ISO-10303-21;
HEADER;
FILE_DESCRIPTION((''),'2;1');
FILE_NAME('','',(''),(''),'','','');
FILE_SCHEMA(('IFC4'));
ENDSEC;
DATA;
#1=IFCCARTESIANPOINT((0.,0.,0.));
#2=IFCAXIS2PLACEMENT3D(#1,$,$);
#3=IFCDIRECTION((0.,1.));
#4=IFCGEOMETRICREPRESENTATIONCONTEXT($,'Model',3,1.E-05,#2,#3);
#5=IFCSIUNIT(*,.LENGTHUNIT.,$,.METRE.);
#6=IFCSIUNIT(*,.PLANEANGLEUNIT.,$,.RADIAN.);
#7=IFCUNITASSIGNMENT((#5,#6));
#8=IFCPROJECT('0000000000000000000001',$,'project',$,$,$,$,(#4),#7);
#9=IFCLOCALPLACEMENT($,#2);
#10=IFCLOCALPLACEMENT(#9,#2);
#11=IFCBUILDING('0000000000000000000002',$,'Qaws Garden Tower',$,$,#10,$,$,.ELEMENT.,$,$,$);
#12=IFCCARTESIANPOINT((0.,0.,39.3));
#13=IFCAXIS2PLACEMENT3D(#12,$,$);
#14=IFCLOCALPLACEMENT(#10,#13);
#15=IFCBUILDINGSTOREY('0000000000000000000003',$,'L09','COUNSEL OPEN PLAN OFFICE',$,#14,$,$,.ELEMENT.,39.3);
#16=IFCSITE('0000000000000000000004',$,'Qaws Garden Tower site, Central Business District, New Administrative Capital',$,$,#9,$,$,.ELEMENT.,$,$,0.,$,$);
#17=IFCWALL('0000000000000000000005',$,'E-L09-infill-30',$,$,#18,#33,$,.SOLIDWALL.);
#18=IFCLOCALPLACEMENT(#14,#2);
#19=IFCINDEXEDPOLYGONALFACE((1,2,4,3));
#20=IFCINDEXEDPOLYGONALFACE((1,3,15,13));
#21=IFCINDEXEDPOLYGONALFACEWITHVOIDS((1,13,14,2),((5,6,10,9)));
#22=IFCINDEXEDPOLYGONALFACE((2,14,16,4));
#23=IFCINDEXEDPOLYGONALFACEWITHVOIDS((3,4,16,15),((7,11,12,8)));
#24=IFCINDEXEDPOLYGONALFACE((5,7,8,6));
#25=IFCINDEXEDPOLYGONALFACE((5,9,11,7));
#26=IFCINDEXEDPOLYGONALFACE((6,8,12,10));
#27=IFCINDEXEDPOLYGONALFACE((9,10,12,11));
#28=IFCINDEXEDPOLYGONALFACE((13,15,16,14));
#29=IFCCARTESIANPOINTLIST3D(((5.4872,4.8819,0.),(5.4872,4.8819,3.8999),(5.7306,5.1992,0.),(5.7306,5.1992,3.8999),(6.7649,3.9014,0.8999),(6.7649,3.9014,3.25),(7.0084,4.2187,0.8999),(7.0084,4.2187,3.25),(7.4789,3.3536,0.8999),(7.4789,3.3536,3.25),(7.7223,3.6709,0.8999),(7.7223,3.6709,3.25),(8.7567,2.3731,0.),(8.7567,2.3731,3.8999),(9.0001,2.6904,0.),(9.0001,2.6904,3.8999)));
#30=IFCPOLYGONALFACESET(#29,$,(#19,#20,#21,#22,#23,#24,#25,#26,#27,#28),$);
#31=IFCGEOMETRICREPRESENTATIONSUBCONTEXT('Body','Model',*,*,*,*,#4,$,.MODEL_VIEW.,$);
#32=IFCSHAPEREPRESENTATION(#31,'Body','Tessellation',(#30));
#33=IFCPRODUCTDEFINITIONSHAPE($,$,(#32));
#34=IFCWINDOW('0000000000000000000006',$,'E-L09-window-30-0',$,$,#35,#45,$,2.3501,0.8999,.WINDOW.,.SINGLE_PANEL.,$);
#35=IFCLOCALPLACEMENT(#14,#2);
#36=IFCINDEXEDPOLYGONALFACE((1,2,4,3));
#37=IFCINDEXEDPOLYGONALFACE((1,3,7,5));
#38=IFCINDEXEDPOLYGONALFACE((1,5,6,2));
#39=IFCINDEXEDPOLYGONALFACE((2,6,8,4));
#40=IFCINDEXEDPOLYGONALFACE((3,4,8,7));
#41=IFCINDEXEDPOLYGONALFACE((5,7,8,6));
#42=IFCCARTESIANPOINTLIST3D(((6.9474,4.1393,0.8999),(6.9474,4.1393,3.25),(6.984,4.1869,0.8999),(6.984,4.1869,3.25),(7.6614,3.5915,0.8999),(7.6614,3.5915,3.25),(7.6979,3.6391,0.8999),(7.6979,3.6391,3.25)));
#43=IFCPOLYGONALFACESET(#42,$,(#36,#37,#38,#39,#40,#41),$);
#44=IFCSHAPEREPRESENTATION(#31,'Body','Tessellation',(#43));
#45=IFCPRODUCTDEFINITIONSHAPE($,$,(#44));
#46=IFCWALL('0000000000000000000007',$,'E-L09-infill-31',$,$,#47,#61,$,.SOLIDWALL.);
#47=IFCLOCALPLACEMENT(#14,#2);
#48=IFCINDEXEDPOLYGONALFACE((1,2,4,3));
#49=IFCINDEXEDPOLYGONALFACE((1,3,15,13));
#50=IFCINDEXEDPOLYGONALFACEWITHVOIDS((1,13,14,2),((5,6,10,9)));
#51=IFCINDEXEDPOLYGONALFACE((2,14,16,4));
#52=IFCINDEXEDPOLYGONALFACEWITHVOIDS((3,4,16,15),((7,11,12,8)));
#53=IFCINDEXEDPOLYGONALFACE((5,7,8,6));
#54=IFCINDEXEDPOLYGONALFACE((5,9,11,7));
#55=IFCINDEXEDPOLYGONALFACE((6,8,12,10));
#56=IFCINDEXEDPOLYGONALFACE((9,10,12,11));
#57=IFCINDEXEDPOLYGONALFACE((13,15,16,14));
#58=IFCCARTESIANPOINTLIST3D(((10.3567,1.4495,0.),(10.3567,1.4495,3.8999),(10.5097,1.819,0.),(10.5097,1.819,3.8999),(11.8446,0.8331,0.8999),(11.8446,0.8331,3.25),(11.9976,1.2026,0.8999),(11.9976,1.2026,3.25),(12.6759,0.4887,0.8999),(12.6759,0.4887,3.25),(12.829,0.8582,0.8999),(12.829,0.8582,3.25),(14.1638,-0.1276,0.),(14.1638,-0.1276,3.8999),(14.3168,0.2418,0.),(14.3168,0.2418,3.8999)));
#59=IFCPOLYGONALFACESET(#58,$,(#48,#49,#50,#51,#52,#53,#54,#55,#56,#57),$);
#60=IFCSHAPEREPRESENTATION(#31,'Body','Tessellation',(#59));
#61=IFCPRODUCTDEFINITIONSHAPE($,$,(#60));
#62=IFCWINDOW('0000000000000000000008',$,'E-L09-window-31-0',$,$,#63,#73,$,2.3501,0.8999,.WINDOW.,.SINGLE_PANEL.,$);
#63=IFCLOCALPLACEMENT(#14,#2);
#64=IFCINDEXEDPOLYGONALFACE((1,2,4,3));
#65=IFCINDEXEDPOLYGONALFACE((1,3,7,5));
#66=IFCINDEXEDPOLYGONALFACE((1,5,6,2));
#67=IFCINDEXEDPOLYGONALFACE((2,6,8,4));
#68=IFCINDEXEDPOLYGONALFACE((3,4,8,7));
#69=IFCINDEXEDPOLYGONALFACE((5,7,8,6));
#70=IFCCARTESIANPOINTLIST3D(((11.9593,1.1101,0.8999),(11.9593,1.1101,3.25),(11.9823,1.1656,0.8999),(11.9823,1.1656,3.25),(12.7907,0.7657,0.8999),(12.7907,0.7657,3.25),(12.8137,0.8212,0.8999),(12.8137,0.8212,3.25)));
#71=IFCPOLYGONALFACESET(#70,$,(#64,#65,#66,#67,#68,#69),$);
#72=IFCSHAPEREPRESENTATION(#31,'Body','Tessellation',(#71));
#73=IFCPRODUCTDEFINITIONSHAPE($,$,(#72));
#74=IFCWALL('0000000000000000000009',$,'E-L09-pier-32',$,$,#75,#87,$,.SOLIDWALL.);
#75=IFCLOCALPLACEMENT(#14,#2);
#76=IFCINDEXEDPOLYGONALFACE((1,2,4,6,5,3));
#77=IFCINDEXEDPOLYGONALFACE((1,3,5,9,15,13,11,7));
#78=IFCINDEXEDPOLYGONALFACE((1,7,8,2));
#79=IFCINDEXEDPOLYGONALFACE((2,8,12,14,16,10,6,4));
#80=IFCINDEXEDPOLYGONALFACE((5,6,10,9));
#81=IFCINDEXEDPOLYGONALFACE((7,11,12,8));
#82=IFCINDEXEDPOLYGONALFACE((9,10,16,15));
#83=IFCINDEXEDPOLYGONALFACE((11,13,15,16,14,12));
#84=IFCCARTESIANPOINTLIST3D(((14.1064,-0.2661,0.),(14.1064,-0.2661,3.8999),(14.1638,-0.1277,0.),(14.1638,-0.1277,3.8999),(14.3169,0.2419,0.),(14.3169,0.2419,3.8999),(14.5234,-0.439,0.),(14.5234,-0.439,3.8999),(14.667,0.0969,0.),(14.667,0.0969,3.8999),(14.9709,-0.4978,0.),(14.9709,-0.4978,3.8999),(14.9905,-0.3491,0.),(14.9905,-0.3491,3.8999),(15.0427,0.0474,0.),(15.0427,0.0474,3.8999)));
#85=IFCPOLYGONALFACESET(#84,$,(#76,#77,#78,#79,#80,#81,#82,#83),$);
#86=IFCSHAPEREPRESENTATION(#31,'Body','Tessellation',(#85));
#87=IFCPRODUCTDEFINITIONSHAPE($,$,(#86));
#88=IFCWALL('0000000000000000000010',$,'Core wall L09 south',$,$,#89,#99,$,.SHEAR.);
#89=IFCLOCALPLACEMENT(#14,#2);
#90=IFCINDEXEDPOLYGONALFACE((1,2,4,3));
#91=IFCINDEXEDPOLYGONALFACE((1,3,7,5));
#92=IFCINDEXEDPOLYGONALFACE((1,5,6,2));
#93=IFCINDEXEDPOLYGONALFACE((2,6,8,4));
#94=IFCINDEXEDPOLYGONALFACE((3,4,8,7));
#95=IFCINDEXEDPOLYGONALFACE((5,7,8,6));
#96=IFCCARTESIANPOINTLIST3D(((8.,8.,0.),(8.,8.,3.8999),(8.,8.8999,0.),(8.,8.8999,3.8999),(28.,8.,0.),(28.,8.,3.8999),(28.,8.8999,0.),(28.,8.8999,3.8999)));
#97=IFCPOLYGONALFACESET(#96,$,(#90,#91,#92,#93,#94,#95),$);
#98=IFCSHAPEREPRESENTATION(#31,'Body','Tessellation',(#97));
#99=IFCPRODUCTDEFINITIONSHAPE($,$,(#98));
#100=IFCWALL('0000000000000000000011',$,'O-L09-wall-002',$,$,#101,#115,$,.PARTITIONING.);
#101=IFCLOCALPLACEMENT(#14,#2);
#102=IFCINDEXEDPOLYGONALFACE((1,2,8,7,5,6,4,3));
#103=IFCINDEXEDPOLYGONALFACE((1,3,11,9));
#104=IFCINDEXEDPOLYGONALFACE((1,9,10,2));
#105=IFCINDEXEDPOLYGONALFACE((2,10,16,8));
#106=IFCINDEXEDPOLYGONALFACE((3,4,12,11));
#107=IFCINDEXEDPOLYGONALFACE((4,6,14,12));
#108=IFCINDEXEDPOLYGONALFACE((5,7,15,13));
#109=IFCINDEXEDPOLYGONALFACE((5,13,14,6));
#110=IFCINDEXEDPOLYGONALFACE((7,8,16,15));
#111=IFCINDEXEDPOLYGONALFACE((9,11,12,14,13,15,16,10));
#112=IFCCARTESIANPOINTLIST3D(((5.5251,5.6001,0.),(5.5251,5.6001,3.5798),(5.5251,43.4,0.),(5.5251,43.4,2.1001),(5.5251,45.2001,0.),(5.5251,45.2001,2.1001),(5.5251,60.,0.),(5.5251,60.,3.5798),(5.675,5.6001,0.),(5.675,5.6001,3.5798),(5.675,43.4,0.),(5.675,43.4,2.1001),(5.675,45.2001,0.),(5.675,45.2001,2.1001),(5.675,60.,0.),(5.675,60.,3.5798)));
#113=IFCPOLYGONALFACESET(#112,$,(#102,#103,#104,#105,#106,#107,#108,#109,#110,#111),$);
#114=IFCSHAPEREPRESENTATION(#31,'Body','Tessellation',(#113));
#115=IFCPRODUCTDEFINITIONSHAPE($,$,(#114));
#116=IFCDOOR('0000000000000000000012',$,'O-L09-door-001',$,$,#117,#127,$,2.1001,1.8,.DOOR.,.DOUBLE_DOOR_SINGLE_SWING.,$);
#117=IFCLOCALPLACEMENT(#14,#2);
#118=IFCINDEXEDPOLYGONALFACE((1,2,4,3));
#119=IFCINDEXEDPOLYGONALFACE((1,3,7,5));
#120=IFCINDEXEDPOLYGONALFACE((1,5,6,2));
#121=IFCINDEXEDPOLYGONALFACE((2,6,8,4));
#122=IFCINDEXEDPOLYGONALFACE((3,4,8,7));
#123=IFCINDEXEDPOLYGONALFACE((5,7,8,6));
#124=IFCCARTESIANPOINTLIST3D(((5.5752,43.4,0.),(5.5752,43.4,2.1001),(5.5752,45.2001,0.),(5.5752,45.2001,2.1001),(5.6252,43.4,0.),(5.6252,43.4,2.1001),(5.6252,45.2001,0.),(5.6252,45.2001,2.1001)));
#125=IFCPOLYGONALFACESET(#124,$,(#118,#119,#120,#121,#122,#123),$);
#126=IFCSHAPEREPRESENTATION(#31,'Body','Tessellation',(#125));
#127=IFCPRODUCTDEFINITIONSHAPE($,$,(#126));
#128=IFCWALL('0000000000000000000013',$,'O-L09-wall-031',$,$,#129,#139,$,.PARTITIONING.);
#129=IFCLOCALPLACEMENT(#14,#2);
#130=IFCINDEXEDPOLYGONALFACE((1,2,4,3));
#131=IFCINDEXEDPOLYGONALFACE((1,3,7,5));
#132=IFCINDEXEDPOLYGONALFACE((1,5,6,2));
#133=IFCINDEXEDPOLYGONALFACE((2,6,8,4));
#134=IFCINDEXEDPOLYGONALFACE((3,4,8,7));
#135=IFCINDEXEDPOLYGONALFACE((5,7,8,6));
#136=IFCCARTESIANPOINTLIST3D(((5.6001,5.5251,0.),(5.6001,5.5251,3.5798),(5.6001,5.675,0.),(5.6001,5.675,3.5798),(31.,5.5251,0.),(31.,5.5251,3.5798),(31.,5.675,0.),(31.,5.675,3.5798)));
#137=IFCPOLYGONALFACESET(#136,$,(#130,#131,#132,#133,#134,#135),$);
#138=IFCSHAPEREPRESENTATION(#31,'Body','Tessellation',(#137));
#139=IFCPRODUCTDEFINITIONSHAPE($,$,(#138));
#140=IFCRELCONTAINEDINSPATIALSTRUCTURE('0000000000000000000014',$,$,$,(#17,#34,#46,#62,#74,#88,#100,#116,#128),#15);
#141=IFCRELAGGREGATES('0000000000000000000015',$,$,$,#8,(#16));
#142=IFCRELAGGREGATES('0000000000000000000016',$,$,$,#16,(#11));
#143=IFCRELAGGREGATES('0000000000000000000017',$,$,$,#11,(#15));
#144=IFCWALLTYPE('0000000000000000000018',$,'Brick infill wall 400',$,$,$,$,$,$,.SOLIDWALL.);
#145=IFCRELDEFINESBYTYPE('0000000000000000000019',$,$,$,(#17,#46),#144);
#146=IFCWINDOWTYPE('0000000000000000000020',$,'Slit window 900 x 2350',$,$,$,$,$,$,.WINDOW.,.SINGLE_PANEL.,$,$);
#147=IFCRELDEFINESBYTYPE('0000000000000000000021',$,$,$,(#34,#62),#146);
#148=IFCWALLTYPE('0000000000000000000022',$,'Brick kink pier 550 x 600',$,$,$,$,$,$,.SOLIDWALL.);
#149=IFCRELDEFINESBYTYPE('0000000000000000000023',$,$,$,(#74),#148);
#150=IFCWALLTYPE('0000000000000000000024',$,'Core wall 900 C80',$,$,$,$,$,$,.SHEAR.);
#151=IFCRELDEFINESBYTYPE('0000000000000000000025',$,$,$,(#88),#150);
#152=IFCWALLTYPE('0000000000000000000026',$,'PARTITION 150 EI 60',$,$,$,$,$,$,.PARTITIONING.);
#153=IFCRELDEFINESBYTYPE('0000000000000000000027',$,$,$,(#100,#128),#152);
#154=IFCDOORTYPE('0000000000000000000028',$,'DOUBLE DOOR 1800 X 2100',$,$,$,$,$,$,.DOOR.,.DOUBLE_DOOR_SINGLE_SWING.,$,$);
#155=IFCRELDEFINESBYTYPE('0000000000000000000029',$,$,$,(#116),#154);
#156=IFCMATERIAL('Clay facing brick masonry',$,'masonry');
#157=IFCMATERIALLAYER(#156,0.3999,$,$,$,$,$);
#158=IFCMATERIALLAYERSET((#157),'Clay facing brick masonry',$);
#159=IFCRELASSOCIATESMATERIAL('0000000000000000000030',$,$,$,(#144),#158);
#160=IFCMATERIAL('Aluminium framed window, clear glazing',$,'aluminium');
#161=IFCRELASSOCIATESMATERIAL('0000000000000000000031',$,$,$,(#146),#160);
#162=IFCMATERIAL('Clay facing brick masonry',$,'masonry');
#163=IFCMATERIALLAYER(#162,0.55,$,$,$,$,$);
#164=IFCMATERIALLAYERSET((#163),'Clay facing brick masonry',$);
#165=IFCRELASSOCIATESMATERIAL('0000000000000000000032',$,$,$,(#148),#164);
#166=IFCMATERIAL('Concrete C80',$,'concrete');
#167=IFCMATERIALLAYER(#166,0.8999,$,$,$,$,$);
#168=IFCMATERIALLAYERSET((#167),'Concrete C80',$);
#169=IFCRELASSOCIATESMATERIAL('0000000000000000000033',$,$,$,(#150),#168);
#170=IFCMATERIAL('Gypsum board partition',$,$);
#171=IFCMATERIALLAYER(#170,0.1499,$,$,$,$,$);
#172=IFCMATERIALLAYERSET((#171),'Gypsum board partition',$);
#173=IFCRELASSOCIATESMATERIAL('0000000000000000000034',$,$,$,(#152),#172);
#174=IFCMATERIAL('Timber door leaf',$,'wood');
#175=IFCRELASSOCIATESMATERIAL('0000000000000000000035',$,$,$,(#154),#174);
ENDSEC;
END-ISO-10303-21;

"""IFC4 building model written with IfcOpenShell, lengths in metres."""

from ifc_helpers import new_model, si_unit, direction, frame, frame_2d, origin, place, context, subcontext, project, spatial, polyline, rectangle, outline, extrude, material, layer, layer_set, type_object, element, fill, save


model = new_model("IFC4")

# Units and contexts
model_context = context("Model", 3, precision=1e-05, world=origin(), true_north=direction((0.0, 1.0)))
body_context = subcontext(model_context, "Body", "Model", "MODEL_VIEW")
ifc_project = project(units=[si_unit("LENGTHUNIT", "METRE"), si_unit("PLANEANGLEUNIT", "RADIAN")], contexts=[model_context])

# Site, building, storey
site_placement = place(None, origin())
site = spatial("IfcSite", under=ifc_project, at=site_placement, Name="Qaws Garden Tower site, Central Business District, New Administrative Capital", CompositionType="ELEMENT", RefElevation=0.0)
building_placement = place(site_placement, origin())
building = spatial("IfcBuilding", under=site, at=building_placement, Name="Qaws Garden Tower", CompositionType="ELEMENT")
storey_placement = place(building_placement, frame((0.0, 0.0, 39.3)))
storey = spatial("IfcBuildingStorey", under=building, at=storey_placement, Name="L09", Description="COUNSEL OPEN PLAN OFFICE", CompositionType="ELEMENT", Elevation=39.3)

# Shared definitions
placement_1 = place(storey_placement, origin())

# Walls, openings, windows
ifc_material_1 = material(Name="Clay facing brick masonry", Category="masonry")
ifc_layer_1 = layer(ifc_material_1, 0.3999)
ifc_layer_set_1 = layer_set([ifc_layer_1], Name="Clay facing brick masonry")
wall_type_1 = type_object("IfcWallType", Name="Brick infill wall 400", PredefinedType="SOLIDWALL", material=ifc_layer_set_1)
ifc_material_2 = material(Name="Aluminium framed window, clear glazing", Category="aluminium")
window_type = type_object("IfcWindowType", Name="Slit window 900 x 2350", PartitioningType="SINGLE_PANEL", PredefinedType="WINDOW", material=ifc_material_2)
wall_1_placement = place(storey_placement, frame((5.6089, 5.0405, 0.0), z_axis=(0.0, 0.0, 1.0), x_axis=(0.793355, -0.60876, 0.0)))
wall_1 = element("IfcWall", 1, at=wall_1_placement, inside=storey, type_object=wall_type_1, Name="E-L09-infill-30", PredefinedType="SOLIDWALL", context=body_context, shape_type="SweptSolid", body=[
    extrude(rectangle(XDim=4.1211, YDim=0.3999, at=frame_2d((2.0605, 0.0))), origin(), (0.0, 0.0, 1.0), 3.8999),
])
opening_1_placement = place(wall_1_placement, frame((1.6106, 0.0, 0.8999)))
opening_1 = element("IfcOpeningElement", 2, at=opening_1_placement, cuts=wall_1, PredefinedType="OPENING", context=body_context, shape_type="SweptSolid", body=[
    extrude(rectangle(XDim=0.8999, YDim=2.3501, at=frame_2d((0.45, 1.175))), frame((0.0, 0.21, 0.0), z_axis=(0.0, -1.0, 0.0), x_axis=(1.0, 0.0, 0.0)), (0.0, 0.0, 1.0), 0.4199),
])
window_1_placement = place(opening_1_placement, origin())
window_1 = element("IfcWindow", 3, at=window_1_placement, inside=storey, type_object=window_type, Name="E-L09-window-30-0", OverallHeight=2.3501, OverallWidth=0.8999, PartitioningType="SINGLE_PANEL", PredefinedType="WINDOW", context=body_context, shape_type="SweptSolid", body=[
    extrude(rectangle(XDim=0.8999, YDim=2.3501, at=frame_2d((0.45, 1.175))), frame((0.0, 0.1599, 0.0), z_axis=(0.0, -1.0, 0.0), x_axis=(1.0, 0.0, 0.0)), (0.0, 0.0, 1.0), 0.0601),
])
fill(opening_1, window_1)
wall_2_placement = place(storey_placement, frame((10.4331, 1.6343, 0.0), z_axis=(0.0, 0.0, 1.0), x_axis=(0.923864, -0.382722, 0.0)))
wall_2 = element("IfcWall", 4, at=wall_2_placement, inside=storey, type_object=wall_type_1, Name="E-L09-infill-31", PredefinedType="SOLIDWALL", context=body_context, shape_type="SweptSolid", body=[
    extrude(rectangle(XDim=4.1208, YDim=0.3999, at=frame_2d((2.0605, 0.0))), origin(), (0.0, 0.0, 1.0), 3.8999),
])
opening_2_placement = place(wall_2_placement, frame((1.6106, 0.0, 0.8999)))
opening_2 = element("IfcOpeningElement", 5, at=opening_2_placement, cuts=wall_2, PredefinedType="OPENING", context=body_context, shape_type="SweptSolid", body=[
    extrude(rectangle(XDim=0.8999, YDim=2.3501, at=frame_2d((0.45, 1.175))), frame((0.0, 0.21, 0.0), z_axis=(0.0, -1.0, 0.0), x_axis=(1.0, 0.0, 0.0)), (0.0, 0.0, 1.0), 0.4199),
])
window_2_placement = place(opening_2_placement, origin())
window_2 = element("IfcWindow", 6, at=window_2_placement, inside=storey, type_object=window_type, Name="E-L09-window-31-0", OverallHeight=2.3501, OverallWidth=0.8999, PartitioningType="SINGLE_PANEL", PredefinedType="WINDOW", context=body_context, shape_type="SweptSolid", body=[
    extrude(rectangle(XDim=0.8999, YDim=2.3501, at=frame_2d((0.45, 1.175))), frame((0.0, 0.1599, 0.0), z_axis=(0.0, -1.0, 0.0), x_axis=(1.0, 0.0, 0.0)), (0.0, 0.0, 1.0), 0.0601),
])
fill(opening_2, window_2)

# Walls
ifc_material_3 = material(Name="Clay facing brick masonry", Category="masonry")
ifc_layer_2 = layer(ifc_material_3, 0.55)
ifc_layer_set_2 = layer_set([ifc_layer_2], Name="Clay facing brick masonry")
wall_type_2 = type_object("IfcWallType", Name="Brick kink pier 550 x 600", PredefinedType="SOLIDWALL", material=ifc_layer_set_2)
element("IfcWall", 7, at=placement_1, inside=storey, type_object=wall_type_2, Name="E-L09-pier-32", PredefinedType="SOLIDWALL", context=body_context, shape_type="SweptSolid", body=[
    extrude(outline(polyline([(14.1638, -0.1277), (14.1064, -0.2661), (14.5234, -0.439), (14.9709, -0.4978), (14.9905, -0.3491), (15.0427, 0.0474), (14.667, 0.0969), (14.3169, 0.2419), (14.1638, -0.1277)])), origin(), (0.0, 0.0, 1.0), 3.8999),
])
ifc_material_4 = material(Name="Concrete C80", Category="concrete")
ifc_layer_3 = layer(ifc_material_4, 0.8999)
ifc_layer_set_3 = layer_set([ifc_layer_3], Name="Concrete C80")
wall_type_3 = type_object("IfcWallType", Name="Core wall 900 C80", PredefinedType="SHEAR", material=ifc_layer_set_3)
wall_3_placement = place(storey_placement, frame((8.0, 8.45, 0.0), z_axis=(0.0, 0.0, 1.0), x_axis=(1.0, 0.0, 0.0)))
element("IfcWall", 8, at=wall_3_placement, inside=storey, type_object=wall_type_3, Name="Core wall L09 south", PredefinedType="SHEAR", context=body_context, shape_type="SweptSolid", body=[
    extrude(rectangle(XDim=20.0, YDim=0.8999, at=frame_2d((10.0, 0.0))), origin(), (0.0, 0.0, 1.0), 3.8999),
])

# Wall, opening, door
ifc_material_5 = material(Name="Gypsum board partition")
ifc_layer_4 = layer(ifc_material_5, 0.1499)
ifc_layer_set_4 = layer_set([ifc_layer_4], Name="Gypsum board partition")
wall_type_4 = type_object("IfcWallType", Name="PARTITION 150 EI 60", PredefinedType="PARTITIONING", material=ifc_layer_set_4)
wall_4_placement = place(storey_placement, frame((5.6001, 5.6001, 0.0), z_axis=(0.0, 0.0, 1.0), x_axis=(0.0, 1.0, 0.0)))
wall_4 = element("IfcWall", 9, at=wall_4_placement, inside=storey, type_object=wall_type_4, Name="O-L09-wall-002", PredefinedType="PARTITIONING", context=body_context, shape_type="SweptSolid", body=[
    extrude(rectangle(XDim=54.3999, YDim=0.1499, at=frame_2d((27.2, 0.0))), origin(), (0.0, 0.0, 1.0), 3.5798),
])
opening_3_placement = place(wall_4_placement, frame((37.8, 0.0, 0.0)))
opening_3 = element("IfcOpeningElement", 10, at=opening_3_placement, cuts=wall_4, PredefinedType="OPENING", context=body_context, shape_type="SweptSolid", body=[
    extrude(rectangle(XDim=1.8, YDim=2.1001, at=frame_2d((0.8999, 1.05))), frame((0.0, 0.085, 0.0), z_axis=(0.0, -1.0, 0.0), x_axis=(1.0, 0.0, 0.0)), (0.0, 0.0, 1.0), 0.1699),
])
ifc_material_6 = material(Name="Timber door leaf", Category="wood")
door_type = type_object("IfcDoorType", Name="DOUBLE DOOR 1800 X 2100", OperationType="DOUBLE_DOOR_SINGLE_SWING", PredefinedType="DOOR", material=ifc_material_6)
door_placement = place(opening_3_placement, origin())
door = element("IfcDoor", 11, at=door_placement, inside=storey, type_object=door_type, Name="O-L09-door-001", OperationType="DOUBLE_DOOR_SINGLE_SWING", OverallHeight=2.1001, OverallWidth=1.8, PredefinedType="DOOR", context=body_context, shape_type="SweptSolid", body=[
    extrude(rectangle(XDim=1.8, YDim=2.1001, at=frame_2d((0.8999, 1.05))), frame((0.0, 0.0249, 0.0), z_axis=(0.0, -1.0, 0.0), x_axis=(1.0, 0.0, 0.0)), (0.0, 0.0, 1.0), 0.05),
])
fill(opening_3, door)

# Wall
wall_5_placement = place(storey_placement, frame((5.6001, 5.6001, 0.0), z_axis=(0.0, 0.0, 1.0), x_axis=(1.0, 0.0, 0.0)))
element("IfcWall", 12, at=wall_5_placement, inside=storey, type_object=wall_type_4, Name="O-L09-wall-031", PredefinedType="PARTITIONING", context=body_context, shape_type="SweptSolid", body=[
    extrude(rectangle(XDim=25.3999, YDim=0.1499, at=frame_2d((12.7, 0.0))), origin(), (0.0, 0.0, 1.0), 3.5798),
])

save(model, "model.ifc")
